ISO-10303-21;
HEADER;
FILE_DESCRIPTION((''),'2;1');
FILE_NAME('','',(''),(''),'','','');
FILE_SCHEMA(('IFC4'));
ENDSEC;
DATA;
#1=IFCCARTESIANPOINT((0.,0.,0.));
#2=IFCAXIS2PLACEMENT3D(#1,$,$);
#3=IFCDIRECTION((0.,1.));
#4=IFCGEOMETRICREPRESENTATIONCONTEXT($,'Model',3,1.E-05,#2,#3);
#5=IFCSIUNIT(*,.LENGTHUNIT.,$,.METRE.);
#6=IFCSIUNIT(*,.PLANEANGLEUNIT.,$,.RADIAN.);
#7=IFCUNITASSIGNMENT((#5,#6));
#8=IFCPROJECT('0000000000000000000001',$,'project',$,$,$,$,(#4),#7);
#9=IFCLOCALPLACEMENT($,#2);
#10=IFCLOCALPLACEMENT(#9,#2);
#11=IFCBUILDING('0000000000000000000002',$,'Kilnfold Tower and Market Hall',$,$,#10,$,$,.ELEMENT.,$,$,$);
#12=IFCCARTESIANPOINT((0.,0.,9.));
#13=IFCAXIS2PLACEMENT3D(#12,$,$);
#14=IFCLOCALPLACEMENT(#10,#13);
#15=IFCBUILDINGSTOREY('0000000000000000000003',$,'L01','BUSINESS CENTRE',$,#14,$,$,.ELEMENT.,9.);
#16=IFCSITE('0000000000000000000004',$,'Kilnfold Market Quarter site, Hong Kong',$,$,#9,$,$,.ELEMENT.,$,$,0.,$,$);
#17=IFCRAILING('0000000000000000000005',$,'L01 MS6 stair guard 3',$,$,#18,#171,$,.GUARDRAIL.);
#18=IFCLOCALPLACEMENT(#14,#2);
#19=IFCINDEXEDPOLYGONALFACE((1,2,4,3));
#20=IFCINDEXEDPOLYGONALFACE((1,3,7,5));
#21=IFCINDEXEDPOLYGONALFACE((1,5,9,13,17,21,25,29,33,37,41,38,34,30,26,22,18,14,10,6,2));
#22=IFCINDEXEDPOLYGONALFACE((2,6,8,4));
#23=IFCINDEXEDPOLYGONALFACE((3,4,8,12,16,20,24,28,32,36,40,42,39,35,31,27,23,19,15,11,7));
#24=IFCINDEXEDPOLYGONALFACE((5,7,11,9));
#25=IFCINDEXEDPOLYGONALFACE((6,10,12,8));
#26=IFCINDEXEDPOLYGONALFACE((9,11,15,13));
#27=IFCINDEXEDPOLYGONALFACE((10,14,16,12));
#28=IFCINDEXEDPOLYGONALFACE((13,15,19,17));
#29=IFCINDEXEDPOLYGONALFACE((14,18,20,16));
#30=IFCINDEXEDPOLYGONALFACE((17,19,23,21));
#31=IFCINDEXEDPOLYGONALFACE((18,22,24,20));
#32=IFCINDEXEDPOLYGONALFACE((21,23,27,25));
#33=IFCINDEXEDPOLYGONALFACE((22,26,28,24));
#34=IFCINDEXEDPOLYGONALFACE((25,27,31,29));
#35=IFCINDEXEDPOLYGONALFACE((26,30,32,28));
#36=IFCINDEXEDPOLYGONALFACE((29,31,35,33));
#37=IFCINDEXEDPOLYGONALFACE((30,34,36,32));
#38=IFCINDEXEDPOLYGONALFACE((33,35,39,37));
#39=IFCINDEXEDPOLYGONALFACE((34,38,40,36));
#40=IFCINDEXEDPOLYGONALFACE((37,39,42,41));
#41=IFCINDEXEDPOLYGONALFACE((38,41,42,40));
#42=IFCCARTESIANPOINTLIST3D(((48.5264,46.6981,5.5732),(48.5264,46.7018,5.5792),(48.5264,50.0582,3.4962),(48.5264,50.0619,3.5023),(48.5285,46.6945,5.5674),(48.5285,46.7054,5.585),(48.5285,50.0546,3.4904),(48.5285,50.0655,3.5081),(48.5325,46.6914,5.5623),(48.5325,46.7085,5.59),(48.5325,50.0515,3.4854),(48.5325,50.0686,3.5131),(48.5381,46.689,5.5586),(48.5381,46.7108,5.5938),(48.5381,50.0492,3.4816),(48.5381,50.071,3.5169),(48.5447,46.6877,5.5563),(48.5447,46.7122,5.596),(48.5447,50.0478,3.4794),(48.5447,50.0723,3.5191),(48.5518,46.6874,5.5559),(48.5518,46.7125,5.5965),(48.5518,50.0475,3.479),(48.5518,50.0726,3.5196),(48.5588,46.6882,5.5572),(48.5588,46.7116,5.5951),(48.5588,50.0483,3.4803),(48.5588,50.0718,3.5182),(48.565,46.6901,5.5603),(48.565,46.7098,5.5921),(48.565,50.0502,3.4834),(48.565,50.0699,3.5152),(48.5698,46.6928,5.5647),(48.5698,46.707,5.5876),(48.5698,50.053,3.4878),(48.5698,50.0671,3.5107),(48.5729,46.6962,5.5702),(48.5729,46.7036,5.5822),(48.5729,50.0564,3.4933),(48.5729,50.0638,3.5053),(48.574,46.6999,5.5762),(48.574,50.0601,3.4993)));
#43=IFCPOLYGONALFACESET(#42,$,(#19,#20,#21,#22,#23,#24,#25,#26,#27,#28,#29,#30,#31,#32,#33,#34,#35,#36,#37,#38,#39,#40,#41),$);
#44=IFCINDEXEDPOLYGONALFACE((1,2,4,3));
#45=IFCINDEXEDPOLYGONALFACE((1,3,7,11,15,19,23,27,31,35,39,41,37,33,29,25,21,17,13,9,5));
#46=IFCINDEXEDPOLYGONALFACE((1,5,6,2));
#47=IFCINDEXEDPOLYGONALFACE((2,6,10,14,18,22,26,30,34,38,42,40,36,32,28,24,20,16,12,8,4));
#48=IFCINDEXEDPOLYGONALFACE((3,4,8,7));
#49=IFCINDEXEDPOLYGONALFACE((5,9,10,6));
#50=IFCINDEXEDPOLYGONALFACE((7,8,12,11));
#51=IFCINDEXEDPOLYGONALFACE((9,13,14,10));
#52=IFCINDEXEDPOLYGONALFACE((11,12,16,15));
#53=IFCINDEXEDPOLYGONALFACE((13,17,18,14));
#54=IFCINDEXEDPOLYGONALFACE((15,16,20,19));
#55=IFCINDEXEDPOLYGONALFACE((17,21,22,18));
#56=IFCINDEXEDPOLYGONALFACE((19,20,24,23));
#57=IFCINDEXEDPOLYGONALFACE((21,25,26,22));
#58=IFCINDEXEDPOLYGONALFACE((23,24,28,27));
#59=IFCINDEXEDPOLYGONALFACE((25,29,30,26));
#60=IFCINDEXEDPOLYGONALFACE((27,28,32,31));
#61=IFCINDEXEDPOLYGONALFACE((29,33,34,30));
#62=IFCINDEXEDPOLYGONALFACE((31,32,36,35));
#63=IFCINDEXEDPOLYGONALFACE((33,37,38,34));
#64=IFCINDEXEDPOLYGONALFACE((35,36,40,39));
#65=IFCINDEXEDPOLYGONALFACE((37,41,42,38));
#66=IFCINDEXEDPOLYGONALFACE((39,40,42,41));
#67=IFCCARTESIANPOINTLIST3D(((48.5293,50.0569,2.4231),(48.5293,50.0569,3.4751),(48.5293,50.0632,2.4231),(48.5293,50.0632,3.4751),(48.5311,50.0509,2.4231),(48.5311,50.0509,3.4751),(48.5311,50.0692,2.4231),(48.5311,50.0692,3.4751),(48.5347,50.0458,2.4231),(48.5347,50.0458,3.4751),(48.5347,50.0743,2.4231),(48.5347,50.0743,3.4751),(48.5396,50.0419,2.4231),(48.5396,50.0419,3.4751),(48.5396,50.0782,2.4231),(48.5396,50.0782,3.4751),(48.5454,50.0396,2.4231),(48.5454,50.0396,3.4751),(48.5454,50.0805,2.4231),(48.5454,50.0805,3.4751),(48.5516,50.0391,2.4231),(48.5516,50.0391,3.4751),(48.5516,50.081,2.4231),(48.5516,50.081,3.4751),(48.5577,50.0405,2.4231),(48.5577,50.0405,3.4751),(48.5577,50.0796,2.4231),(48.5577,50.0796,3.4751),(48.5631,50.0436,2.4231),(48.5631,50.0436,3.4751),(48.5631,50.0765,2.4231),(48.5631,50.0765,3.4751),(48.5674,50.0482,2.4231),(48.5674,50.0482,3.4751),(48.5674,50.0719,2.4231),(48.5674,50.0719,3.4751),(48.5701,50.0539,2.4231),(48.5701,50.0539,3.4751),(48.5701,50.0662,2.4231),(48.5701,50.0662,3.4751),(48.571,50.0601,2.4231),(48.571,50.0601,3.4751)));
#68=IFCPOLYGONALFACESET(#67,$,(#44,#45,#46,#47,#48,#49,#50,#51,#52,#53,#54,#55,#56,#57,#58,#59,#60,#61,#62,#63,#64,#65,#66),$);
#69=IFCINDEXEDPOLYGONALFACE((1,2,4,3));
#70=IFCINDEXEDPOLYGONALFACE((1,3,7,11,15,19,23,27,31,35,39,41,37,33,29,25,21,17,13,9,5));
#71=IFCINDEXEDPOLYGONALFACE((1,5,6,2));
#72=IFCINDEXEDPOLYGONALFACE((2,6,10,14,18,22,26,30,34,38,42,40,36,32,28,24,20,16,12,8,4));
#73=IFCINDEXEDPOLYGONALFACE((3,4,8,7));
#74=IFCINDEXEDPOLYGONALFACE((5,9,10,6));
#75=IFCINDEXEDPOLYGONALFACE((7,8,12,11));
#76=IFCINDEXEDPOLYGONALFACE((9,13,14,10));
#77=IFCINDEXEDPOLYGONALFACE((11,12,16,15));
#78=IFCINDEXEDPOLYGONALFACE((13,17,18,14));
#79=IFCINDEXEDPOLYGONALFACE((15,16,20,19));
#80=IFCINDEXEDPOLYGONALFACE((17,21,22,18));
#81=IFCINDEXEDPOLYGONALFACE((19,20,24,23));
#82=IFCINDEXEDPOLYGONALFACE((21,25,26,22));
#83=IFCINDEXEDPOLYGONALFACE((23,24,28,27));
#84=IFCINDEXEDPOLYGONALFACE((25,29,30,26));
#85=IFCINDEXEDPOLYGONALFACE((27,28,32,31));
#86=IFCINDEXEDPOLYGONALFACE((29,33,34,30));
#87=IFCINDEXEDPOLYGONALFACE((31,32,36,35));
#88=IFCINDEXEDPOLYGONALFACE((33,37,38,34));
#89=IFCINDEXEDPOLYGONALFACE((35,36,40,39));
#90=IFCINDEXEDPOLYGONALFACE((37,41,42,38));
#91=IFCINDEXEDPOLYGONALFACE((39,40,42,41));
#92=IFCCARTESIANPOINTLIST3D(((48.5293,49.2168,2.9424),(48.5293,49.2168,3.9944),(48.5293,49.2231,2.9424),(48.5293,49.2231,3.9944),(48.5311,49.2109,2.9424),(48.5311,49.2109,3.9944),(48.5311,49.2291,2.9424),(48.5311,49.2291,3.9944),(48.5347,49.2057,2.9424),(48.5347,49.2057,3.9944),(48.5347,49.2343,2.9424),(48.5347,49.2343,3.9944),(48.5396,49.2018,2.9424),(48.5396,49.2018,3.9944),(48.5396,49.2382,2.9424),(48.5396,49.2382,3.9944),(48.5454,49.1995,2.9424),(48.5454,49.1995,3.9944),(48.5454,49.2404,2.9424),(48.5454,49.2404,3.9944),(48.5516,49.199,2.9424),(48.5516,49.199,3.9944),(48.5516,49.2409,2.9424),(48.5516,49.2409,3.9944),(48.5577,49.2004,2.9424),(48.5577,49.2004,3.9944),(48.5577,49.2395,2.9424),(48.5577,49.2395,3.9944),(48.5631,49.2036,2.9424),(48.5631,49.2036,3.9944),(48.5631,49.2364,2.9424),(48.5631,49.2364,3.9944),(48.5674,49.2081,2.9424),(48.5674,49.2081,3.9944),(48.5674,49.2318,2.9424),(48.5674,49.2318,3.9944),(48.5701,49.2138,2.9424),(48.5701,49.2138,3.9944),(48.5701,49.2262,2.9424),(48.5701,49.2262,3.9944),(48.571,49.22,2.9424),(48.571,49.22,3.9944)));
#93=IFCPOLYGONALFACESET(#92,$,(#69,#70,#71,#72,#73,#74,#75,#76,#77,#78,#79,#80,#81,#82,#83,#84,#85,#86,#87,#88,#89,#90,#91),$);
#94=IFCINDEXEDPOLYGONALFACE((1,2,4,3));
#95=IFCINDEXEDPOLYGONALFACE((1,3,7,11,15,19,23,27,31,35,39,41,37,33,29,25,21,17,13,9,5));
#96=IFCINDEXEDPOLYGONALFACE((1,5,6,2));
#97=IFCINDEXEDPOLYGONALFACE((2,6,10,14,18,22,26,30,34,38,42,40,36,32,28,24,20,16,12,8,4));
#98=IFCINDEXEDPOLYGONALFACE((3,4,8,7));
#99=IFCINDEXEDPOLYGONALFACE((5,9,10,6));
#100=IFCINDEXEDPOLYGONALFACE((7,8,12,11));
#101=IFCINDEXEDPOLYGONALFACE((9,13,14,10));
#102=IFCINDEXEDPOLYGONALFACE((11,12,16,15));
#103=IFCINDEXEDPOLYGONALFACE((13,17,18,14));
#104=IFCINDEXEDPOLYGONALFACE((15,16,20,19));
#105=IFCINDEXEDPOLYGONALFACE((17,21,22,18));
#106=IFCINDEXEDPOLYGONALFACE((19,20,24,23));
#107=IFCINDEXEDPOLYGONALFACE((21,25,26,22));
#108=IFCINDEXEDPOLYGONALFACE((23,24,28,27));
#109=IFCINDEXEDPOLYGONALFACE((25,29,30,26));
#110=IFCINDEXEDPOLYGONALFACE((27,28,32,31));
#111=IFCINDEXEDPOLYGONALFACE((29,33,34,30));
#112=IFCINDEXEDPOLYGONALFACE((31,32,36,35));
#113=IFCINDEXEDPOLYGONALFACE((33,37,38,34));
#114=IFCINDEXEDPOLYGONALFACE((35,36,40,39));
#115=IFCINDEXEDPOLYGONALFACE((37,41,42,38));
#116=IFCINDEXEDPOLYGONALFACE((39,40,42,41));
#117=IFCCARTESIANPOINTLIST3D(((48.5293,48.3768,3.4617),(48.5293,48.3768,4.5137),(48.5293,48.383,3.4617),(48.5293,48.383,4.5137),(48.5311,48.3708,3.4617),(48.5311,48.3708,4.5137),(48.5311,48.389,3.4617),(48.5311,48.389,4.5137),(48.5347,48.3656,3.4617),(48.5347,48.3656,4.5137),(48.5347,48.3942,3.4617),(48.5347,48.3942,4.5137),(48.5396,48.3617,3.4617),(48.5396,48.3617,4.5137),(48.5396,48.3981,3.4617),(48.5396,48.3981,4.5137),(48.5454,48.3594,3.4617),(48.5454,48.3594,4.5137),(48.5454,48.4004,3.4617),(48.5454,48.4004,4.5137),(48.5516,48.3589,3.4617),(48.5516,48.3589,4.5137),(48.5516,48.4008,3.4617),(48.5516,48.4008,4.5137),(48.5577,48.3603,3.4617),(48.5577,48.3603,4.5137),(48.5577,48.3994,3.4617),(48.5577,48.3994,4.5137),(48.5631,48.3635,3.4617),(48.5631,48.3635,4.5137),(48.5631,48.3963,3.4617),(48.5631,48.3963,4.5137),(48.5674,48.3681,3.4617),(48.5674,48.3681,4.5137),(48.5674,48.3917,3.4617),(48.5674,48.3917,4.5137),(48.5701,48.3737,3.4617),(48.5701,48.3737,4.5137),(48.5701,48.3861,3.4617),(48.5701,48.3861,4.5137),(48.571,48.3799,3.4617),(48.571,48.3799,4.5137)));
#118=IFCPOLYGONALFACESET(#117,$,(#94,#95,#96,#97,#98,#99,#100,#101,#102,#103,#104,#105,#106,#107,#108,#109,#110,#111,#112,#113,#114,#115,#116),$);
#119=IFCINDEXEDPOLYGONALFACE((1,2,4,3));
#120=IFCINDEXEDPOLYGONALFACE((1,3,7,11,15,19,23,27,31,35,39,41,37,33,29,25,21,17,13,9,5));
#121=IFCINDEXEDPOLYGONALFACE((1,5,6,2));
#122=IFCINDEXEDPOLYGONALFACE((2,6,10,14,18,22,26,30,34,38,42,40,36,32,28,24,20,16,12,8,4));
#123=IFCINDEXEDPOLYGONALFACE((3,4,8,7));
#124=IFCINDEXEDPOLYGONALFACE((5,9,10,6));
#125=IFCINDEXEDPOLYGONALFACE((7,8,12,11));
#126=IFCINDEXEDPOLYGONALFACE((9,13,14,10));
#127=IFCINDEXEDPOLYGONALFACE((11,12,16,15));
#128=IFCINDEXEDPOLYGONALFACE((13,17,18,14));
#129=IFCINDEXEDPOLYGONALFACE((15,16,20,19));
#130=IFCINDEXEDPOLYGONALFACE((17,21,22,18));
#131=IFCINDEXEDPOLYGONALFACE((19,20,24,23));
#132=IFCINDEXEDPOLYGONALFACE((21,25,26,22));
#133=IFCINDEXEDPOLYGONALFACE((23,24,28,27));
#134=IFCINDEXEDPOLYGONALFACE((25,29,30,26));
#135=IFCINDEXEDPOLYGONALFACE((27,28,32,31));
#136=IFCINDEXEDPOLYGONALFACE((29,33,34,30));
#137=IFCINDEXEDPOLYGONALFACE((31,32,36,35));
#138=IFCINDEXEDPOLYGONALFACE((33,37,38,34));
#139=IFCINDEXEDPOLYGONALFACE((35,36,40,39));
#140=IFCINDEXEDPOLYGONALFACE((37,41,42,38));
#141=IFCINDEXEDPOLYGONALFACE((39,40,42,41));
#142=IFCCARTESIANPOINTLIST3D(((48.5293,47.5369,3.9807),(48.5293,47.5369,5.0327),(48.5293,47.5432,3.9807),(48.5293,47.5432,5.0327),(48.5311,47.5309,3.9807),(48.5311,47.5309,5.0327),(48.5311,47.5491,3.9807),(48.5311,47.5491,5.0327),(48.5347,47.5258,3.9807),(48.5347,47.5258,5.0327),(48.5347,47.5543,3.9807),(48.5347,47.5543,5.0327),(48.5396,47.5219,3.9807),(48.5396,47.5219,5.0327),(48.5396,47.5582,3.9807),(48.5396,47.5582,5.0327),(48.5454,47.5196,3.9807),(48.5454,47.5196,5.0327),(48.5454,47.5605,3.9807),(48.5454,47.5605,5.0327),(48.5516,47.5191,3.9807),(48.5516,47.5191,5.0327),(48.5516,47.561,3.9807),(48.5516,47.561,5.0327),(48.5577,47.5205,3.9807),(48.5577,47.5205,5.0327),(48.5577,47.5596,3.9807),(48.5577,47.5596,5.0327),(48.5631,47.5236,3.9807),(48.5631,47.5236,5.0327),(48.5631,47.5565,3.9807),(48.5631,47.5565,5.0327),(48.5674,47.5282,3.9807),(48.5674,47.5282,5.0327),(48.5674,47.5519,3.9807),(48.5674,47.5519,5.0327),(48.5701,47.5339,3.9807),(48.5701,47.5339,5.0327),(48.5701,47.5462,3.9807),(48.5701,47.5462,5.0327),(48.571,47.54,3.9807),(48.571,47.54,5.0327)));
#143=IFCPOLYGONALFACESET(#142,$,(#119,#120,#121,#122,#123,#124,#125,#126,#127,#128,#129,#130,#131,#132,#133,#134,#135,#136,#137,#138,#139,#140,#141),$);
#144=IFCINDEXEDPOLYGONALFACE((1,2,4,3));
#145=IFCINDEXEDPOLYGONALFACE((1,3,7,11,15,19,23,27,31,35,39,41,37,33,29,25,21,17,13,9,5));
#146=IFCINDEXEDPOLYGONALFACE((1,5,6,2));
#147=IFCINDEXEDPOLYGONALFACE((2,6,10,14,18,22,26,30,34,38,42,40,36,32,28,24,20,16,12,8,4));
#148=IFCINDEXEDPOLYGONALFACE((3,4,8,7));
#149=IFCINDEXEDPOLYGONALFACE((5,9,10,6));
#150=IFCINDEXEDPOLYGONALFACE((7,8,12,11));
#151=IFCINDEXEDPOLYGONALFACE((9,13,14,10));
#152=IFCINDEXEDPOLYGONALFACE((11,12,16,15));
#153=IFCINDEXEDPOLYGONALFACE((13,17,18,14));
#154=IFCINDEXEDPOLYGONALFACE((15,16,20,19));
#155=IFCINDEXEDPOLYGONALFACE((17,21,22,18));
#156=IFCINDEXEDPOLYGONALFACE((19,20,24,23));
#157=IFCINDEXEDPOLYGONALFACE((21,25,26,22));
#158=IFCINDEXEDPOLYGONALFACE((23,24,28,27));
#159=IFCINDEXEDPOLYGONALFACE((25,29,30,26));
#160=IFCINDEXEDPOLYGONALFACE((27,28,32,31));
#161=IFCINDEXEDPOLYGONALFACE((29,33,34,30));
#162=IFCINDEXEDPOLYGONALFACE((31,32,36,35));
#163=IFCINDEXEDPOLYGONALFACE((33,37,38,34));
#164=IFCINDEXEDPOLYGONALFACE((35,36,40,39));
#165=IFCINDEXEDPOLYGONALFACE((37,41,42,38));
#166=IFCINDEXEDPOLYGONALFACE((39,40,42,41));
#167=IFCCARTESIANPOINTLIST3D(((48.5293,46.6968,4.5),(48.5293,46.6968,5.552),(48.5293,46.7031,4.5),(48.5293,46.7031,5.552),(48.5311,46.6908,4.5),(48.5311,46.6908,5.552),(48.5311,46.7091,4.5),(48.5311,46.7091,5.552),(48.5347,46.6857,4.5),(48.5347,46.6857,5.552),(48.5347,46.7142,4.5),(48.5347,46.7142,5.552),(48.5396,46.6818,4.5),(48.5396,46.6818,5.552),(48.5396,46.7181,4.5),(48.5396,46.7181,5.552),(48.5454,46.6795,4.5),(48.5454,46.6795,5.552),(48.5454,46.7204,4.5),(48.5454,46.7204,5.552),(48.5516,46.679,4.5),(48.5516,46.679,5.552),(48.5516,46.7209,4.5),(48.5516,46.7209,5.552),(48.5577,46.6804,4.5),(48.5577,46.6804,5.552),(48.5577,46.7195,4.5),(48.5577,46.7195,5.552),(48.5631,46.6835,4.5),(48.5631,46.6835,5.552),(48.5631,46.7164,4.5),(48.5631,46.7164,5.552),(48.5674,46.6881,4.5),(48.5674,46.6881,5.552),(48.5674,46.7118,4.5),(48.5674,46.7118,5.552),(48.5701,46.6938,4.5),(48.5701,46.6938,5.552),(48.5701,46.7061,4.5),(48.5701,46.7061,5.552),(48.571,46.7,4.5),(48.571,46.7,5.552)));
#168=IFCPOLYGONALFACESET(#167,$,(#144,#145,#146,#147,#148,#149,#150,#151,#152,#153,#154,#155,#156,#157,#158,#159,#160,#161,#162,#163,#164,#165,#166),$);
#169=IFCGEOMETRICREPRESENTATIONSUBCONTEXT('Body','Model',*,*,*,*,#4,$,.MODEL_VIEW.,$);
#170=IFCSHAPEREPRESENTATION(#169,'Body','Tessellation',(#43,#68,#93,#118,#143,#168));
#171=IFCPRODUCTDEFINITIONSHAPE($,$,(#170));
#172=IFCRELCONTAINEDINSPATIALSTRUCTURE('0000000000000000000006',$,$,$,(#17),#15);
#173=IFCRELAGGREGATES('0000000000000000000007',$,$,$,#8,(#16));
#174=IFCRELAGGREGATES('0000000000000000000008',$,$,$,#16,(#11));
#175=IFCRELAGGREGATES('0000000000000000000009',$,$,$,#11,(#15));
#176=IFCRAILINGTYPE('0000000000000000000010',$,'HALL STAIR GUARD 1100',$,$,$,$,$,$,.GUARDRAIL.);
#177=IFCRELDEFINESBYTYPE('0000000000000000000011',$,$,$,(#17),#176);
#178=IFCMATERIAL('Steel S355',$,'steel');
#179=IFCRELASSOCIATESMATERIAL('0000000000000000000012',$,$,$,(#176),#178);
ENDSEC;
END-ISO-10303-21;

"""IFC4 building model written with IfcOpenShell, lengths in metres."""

from ifc_helpers import new_model, si_unit, direction, frame, origin, origin_2d, place, context, subcontext, project, spatial, circle, extrude, material, type_object, element, save


model = new_model("IFC4")

# Units and contexts
model_context = context("Model", 3, precision=1e-05, world=origin(), true_north=direction((0.0, 1.0)))
body_context = subcontext(model_context, "Body", "Model", "MODEL_VIEW")
ifc_project = project(units=[si_unit("LENGTHUNIT", "METRE"), si_unit("PLANEANGLEUNIT", "RADIAN")], contexts=[model_context])

# Site, building, storey
site_placement = place(None, origin())
site = spatial("IfcSite", under=ifc_project, at=site_placement, Name="Kilnfold Market Quarter site, Hong Kong", CompositionType="ELEMENT", RefElevation=0.0)
building_placement = place(site_placement, origin())
building = spatial("IfcBuilding", under=site, at=building_placement, Name="Kilnfold Tower and Market Hall", CompositionType="ELEMENT")
storey_placement = place(building_placement, frame((0.0, 0.0, 9.0)))
storey = spatial("IfcBuildingStorey", under=building, at=storey_placement, Name="L01", Description="BUSINESS CENTRE", CompositionType="ELEMENT", Elevation=9.0)

# Railing
ifc_material_1 = material(Name="Steel S355", Category="steel")
railing_type_1 = type_object("IfcRailingType", Name="HALL STAIR GUARD 1100", PredefinedType="GUARDRAIL", material=ifc_material_1)
railing_1_placement = place(storey_placement, frame((48.55, 50.0601, 2.4231)))
element("IfcRailing", 1, at=railing_1_placement, inside=storey, type_object=railing_type_1, Name="L01 MS6 stair guard 3", PredefinedType="GUARDRAIL", context=body_context, shape_type="SweptSolid", body=[
    extrude(circle(Radius=0.0239, at=origin_2d()), frame((0.0, 0.0, 1.0762), z_axis=(0.0, -0.850623, 0.525776), x_axis=(1.0, 0.0, 0.0)), (0.0, 0.0, 1.0), 3.9502),
    extrude(circle(Radius=0.021, at=origin_2d()), origin(), (0.0, 0.0, 1.0), 1.052),
    extrude(circle(Radius=0.021, at=origin_2d()), frame((0.0, -0.8401, 0.5193)), (0.0, 0.0, 1.0), 1.052),
    extrude(circle(Radius=0.021, at=origin_2d()), frame((0.0, -1.6802, 1.0386)), (0.0, 0.0, 1.0), 1.052),
    extrude(circle(Radius=0.021, at=origin_2d()), frame((0.0, -2.52, 1.5576)), (0.0, 0.0, 1.0), 1.052),
    extrude(circle(Radius=0.021, at=origin_2d()), frame((0.0, -3.3601, 2.0769)), (0.0, 0.0, 1.0), 1.052),
])

save(model, "model.ifc")
